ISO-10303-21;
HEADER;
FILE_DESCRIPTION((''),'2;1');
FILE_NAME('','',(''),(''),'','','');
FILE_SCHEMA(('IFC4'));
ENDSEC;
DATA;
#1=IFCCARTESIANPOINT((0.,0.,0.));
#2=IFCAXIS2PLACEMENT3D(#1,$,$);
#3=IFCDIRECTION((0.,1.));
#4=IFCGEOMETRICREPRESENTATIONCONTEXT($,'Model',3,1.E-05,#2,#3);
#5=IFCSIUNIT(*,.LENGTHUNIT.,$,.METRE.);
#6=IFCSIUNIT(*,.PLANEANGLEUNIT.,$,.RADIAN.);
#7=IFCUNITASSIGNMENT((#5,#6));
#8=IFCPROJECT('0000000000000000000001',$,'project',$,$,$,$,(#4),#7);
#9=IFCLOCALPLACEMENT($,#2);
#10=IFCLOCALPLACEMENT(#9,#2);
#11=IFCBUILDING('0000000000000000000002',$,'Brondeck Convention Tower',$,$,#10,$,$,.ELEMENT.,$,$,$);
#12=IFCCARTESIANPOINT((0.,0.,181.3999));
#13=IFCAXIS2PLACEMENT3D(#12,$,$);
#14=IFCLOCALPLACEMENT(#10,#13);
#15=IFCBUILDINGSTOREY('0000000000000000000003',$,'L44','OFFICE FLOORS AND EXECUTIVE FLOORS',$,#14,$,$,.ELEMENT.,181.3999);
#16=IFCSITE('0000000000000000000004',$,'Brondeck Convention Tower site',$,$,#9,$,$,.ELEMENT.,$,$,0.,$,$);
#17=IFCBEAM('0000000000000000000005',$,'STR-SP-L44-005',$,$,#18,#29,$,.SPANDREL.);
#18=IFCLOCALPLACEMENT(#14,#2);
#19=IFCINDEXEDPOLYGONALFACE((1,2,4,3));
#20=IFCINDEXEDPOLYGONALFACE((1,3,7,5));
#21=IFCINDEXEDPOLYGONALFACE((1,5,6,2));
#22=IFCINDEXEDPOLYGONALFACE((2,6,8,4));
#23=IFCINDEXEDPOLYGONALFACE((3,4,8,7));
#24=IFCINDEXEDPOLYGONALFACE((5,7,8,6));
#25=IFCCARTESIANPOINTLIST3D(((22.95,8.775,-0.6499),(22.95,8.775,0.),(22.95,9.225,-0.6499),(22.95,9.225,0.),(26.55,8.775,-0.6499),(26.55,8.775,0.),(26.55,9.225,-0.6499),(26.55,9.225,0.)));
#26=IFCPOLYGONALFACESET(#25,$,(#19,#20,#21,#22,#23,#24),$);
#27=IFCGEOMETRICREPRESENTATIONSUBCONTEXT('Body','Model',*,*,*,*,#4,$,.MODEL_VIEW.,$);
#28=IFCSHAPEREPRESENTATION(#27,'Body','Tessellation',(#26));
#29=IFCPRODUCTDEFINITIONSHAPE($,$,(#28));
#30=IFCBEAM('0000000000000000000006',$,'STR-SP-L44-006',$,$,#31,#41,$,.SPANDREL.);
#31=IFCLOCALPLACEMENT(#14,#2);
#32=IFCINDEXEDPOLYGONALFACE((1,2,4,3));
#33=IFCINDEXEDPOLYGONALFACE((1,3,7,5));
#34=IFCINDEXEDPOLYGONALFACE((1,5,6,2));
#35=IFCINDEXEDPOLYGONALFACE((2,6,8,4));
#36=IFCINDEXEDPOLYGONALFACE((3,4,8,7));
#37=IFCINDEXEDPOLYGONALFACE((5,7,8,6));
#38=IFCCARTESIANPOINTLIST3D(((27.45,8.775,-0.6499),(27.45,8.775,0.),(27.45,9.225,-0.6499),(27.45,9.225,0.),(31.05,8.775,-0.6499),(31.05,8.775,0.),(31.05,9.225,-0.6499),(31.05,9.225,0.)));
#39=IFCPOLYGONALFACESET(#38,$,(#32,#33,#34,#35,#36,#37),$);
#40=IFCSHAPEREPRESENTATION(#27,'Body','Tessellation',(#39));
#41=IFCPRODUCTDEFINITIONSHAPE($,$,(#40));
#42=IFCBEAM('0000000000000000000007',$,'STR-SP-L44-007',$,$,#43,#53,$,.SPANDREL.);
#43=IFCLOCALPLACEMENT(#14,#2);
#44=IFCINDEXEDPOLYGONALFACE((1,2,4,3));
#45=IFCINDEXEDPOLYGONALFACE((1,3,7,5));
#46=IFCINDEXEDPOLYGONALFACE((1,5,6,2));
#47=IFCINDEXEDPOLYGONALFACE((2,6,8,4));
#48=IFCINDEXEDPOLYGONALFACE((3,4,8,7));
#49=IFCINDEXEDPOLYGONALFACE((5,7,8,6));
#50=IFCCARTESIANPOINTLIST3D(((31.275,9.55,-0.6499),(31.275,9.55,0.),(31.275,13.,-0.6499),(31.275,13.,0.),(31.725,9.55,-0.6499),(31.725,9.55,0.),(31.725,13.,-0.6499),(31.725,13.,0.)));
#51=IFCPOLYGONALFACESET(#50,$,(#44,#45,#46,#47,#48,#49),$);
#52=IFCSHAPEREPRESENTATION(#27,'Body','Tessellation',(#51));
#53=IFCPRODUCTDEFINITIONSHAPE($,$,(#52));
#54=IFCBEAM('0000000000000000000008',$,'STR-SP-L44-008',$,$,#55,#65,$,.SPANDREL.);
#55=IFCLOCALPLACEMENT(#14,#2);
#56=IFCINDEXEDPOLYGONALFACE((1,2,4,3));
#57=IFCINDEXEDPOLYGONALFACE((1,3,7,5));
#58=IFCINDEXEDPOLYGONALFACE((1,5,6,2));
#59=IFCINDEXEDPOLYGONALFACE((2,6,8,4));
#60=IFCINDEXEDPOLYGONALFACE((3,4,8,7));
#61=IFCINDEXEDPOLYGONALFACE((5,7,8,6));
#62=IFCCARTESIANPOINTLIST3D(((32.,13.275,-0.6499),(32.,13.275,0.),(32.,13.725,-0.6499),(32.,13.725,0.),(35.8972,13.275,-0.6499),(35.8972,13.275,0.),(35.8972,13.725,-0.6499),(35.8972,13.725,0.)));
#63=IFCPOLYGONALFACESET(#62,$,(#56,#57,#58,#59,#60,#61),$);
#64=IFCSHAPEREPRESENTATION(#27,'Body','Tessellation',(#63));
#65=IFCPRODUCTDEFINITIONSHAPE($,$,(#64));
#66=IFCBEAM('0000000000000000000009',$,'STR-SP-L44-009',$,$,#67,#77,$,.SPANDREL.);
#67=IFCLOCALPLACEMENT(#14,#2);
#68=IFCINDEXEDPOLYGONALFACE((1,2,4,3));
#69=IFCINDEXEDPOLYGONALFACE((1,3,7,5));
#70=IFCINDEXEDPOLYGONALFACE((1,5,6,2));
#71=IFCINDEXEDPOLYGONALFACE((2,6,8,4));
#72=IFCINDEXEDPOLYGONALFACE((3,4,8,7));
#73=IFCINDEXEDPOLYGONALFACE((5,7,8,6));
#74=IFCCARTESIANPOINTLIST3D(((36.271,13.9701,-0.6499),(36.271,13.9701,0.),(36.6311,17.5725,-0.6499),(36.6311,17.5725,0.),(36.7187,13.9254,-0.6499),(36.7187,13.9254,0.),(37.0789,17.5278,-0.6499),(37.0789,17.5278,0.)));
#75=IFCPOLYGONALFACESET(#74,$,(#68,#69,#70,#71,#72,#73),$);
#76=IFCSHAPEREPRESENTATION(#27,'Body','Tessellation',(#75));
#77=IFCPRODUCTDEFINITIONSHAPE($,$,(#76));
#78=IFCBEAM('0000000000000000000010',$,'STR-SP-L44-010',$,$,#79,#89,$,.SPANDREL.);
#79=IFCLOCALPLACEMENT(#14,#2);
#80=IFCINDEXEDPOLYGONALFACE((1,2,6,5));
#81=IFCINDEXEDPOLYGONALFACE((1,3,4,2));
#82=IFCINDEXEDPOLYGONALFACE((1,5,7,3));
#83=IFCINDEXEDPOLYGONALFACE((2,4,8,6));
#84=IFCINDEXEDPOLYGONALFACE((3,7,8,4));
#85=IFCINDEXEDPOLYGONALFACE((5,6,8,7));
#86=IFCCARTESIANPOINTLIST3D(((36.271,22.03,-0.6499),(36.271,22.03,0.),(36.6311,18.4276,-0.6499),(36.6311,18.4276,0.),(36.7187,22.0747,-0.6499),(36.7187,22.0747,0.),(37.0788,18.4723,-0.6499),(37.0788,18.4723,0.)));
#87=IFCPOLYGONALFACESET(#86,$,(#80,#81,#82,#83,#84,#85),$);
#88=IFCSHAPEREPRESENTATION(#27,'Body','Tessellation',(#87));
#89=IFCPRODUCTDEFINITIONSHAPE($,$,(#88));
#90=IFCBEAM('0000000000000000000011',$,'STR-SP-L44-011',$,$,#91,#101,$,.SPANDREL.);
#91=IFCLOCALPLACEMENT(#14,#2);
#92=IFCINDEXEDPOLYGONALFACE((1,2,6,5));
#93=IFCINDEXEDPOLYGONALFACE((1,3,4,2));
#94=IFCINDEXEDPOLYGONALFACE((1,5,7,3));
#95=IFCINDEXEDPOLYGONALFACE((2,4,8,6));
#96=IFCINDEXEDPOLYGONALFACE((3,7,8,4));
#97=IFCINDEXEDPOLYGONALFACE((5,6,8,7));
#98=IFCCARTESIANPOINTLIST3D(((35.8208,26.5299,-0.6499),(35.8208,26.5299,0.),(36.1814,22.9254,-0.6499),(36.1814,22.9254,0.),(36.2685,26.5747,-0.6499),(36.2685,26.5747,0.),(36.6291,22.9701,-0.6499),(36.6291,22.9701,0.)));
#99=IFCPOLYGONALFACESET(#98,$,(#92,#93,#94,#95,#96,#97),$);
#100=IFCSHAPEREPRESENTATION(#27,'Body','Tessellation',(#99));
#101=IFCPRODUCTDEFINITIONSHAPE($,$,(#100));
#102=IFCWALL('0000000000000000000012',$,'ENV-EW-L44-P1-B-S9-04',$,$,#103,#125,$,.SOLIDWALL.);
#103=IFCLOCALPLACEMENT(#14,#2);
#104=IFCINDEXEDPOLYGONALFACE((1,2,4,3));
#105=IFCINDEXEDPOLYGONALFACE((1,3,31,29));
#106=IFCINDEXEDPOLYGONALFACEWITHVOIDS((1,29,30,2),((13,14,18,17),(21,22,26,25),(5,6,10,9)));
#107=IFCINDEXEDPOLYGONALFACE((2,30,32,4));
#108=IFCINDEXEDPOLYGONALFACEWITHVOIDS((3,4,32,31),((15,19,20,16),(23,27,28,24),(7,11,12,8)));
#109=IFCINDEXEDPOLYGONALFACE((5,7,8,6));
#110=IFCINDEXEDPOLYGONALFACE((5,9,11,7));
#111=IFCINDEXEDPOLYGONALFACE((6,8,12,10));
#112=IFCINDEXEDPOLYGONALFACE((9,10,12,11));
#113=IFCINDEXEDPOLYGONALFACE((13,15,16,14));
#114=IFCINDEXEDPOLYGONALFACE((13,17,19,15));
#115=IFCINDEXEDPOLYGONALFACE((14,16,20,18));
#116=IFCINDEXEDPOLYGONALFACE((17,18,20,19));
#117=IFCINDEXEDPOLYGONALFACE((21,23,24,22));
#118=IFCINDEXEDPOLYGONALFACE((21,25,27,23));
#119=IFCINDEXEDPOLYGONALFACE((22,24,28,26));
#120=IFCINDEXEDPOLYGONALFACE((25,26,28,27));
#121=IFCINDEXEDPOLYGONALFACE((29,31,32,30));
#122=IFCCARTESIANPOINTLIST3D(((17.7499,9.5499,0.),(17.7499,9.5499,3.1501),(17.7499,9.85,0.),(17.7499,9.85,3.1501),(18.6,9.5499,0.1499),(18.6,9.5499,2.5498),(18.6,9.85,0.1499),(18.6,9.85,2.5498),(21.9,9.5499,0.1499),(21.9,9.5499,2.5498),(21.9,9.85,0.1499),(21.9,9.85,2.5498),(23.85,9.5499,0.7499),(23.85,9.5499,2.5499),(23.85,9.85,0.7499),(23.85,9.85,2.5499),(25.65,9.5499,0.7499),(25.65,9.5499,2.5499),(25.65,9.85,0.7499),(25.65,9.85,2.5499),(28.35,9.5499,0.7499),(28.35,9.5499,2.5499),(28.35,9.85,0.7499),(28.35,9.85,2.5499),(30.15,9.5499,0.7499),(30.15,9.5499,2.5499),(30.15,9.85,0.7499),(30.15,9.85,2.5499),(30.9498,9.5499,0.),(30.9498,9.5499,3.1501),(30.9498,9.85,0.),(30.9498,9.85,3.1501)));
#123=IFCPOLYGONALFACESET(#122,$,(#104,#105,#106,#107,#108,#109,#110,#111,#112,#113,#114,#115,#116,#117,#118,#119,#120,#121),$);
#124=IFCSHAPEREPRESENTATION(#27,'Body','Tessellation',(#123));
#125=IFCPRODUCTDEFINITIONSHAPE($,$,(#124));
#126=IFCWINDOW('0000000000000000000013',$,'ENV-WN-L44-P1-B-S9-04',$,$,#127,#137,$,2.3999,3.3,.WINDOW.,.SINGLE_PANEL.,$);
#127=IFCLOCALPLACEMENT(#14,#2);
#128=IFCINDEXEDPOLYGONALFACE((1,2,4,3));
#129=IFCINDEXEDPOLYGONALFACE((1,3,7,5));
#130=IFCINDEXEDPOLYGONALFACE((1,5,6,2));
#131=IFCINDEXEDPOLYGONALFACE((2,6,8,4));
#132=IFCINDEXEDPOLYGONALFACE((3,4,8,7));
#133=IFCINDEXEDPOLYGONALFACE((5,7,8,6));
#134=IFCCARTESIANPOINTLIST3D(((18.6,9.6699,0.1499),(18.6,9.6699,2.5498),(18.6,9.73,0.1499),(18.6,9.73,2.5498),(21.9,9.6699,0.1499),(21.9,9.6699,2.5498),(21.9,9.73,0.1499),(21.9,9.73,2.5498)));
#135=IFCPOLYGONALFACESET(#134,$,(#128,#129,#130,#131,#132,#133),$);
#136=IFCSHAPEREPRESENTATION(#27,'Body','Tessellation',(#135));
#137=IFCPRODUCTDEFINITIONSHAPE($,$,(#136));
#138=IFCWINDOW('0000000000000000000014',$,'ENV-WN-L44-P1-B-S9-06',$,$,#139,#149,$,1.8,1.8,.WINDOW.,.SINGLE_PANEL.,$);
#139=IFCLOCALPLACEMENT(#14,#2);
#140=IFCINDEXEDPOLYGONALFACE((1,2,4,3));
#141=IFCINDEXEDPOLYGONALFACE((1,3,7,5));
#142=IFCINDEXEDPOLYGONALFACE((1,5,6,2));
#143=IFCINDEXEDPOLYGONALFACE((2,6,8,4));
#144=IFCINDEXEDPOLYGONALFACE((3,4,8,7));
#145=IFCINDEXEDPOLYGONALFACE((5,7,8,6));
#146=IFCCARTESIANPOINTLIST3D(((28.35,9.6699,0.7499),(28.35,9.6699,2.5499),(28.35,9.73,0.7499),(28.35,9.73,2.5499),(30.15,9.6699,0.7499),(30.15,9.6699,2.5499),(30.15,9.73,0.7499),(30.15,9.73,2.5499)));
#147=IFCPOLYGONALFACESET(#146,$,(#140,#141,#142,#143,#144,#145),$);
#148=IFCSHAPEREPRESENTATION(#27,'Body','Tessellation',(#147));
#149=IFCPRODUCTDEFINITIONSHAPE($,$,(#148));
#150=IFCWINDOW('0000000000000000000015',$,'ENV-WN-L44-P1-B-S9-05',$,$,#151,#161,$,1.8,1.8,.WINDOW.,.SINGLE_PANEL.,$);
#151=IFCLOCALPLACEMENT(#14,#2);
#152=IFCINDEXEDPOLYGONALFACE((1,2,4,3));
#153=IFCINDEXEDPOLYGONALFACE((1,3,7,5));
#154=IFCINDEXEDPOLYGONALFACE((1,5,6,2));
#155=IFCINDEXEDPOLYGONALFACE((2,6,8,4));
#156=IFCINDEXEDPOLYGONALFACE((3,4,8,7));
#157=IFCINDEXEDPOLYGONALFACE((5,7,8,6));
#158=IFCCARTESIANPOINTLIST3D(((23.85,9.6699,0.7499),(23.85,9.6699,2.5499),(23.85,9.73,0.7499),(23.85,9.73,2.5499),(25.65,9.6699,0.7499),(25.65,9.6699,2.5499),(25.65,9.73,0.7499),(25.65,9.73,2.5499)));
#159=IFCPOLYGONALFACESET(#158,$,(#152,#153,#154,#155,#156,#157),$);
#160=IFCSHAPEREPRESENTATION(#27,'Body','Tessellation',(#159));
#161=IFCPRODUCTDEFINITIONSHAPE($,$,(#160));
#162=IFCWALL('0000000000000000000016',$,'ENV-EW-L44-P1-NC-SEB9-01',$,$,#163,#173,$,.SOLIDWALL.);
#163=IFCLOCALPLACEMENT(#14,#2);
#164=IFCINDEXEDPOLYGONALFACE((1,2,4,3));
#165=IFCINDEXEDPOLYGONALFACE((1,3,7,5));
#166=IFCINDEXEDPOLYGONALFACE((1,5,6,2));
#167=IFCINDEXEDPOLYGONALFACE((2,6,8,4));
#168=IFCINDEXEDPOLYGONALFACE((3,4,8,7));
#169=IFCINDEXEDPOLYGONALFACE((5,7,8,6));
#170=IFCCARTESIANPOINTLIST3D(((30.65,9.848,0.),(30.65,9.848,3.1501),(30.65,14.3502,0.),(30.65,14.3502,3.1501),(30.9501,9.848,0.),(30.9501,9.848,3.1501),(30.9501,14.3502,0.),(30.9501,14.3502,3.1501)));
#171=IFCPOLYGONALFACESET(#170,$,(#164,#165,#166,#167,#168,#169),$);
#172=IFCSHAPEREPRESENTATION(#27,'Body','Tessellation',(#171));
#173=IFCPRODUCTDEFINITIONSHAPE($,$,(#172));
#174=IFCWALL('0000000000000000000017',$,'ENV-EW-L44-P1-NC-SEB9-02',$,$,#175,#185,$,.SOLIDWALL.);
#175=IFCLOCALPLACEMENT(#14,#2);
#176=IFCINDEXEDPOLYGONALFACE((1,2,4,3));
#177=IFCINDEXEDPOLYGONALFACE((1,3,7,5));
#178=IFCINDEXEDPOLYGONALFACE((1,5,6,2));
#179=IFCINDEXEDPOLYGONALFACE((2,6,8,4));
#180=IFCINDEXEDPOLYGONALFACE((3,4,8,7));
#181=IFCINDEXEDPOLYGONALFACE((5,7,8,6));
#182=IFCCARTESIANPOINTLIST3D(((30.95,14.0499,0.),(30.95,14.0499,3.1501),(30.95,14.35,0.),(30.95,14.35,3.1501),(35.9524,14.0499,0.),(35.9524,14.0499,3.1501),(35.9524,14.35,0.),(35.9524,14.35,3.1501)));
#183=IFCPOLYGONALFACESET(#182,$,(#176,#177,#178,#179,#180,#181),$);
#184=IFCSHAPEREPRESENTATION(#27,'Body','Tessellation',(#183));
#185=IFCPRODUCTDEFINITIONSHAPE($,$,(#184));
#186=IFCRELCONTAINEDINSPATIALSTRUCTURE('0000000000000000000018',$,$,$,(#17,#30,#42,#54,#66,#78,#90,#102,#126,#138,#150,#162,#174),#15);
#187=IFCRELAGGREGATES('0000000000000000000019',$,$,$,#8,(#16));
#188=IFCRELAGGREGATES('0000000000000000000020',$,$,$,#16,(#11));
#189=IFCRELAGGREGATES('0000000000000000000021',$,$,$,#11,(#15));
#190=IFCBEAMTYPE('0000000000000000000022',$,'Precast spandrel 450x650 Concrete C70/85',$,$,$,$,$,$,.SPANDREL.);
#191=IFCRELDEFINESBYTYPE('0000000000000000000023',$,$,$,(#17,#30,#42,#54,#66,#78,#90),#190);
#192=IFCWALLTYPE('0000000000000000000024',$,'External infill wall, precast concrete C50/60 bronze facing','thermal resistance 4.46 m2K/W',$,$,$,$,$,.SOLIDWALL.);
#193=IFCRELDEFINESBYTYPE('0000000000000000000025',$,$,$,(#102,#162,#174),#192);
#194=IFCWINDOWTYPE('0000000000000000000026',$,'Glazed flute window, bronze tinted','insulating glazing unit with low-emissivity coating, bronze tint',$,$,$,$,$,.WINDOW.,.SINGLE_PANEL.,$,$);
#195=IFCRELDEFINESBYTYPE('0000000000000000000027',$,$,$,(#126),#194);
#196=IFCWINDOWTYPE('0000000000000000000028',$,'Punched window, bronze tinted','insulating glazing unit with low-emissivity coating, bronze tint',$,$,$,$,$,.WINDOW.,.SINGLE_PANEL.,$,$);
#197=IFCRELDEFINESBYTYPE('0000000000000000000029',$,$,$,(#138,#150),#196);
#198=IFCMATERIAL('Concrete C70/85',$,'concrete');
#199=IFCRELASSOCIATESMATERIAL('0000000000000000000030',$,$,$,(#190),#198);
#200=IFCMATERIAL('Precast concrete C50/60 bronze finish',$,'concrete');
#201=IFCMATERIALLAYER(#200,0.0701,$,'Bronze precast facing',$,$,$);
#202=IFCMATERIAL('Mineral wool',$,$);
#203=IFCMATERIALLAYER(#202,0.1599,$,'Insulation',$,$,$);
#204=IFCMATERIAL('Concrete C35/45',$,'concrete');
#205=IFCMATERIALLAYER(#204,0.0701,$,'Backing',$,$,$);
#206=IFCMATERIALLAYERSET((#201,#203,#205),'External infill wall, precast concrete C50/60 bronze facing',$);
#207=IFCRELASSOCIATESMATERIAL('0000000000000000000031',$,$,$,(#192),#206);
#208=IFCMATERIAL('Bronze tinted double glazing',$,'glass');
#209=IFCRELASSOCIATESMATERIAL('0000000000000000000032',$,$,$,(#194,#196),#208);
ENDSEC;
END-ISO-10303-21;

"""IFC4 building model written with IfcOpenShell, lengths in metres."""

from ifc_helpers import new_model, si_unit, direction, frame, frame_2d, origin, origin_2d, place, context, subcontext, project, spatial, rectangle, extrude, material, layer, layer_set, material_profile, profile_set, type_object, element, fill, save


model = new_model("IFC4")

# Units and contexts
model_context = context("Model", 3, precision=1e-05, world=origin(), true_north=direction((0.0, 1.0)))
body_context = subcontext(model_context, "Body", "Model", "MODEL_VIEW")
ifc_project = project(units=[si_unit("LENGTHUNIT", "METRE"), si_unit("PLANEANGLEUNIT", "RADIAN")], contexts=[model_context])

# Site, building, storey
site_placement = place(None, origin())
site = spatial("IfcSite", under=ifc_project, at=site_placement, Name="Brondeck Convention Tower site", CompositionType="ELEMENT", RefElevation=0.0)
building_placement = place(site_placement, origin())
building = spatial("IfcBuilding", under=site, at=building_placement, Name="Brondeck Convention Tower", CompositionType="ELEMENT")
storey_placement = place(building_placement, frame((0.0, 0.0, 181.3999)))
storey = spatial("IfcBuildingStorey", under=building, at=storey_placement, Name="L44", Description="OFFICE FLOORS AND EXECUTIVE FLOORS", CompositionType="ELEMENT", Elevation=181.3999)

# Shared definitions
ifc_material_1 = material(Name="Concrete C70/85", Category="concrete")

# Beams
ifc_material_profile_1 = material_profile(ifc_material_1, rectangle(XDim=0.45, YDim=0.6499, at=origin_2d()), Name="Precast spandrel 450x650 Concrete C70/85")
ifc_profile_set_1 = profile_set([ifc_material_profile_1], Name="Concrete C70/85")
beam_type_1 = type_object("IfcBeamType", Name="Precast spandrel 450x650 Concrete C70/85", PredefinedType="SPANDREL", material=ifc_profile_set_1)
for number, where, z_axis, x_axis, name in (
    (1, (22.95, 9.0, -0.325), (1.0, 0.0, 0.0), (0.0, 1.0, 0.0), "STR-SP-L44-005"),
    (2, (27.45, 9.0, -0.325), (1.0, 0.0, 0.0), (0.0, 1.0, 0.0), "STR-SP-L44-006"),
):
    element("IfcBeam", number, at=place(storey_placement, frame(where, z_axis=z_axis, x_axis=x_axis)), inside=storey, type_object=beam_type_1, Name=name, PredefinedType="SPANDREL", context=body_context, shape_type="SweptSolid", body=[
        extrude(rectangle(XDim=0.45, YDim=0.6499, at=origin_2d()), origin(), (0.0, 0.0, 1.0), 3.6001),
    ])
beam_1_placement = place(storey_placement, frame((31.5, 9.55, -0.325), z_axis=(0.0, 1.0, 0.0), x_axis=(-1.0, 0.0, 0.0)))
element("IfcBeam", 3, at=beam_1_placement, inside=storey, type_object=beam_type_1, Name="STR-SP-L44-007", PredefinedType="SPANDREL", context=body_context, shape_type="SweptSolid", body=[
    extrude(rectangle(XDim=0.45, YDim=0.6499, at=origin_2d()), origin(), (0.0, 0.0, 1.0), 3.45),
])
beam_2_placement = place(storey_placement, frame((32.0, 13.5, -0.325), z_axis=(1.0, 0.0, 0.0), x_axis=(0.0, 1.0, 0.0)))
element("IfcBeam", 4, at=beam_2_placement, inside=storey, type_object=beam_type_1, Name="STR-SP-L44-008", PredefinedType="SPANDREL", context=body_context, shape_type="SweptSolid", body=[
    extrude(rectangle(XDim=0.45, YDim=0.6499, at=origin_2d()), origin(), (0.0, 0.0, 1.0), 3.8972),
])
for number, where, z_axis, x_axis, name in (
    (5, (36.4949, 13.9478, -0.325), (0.09947, 0.995041, 0.0), (-0.995041, 0.09947, 0.0), "STR-SP-L44-009"),
    (6, (36.855, 18.45, -0.325), (-0.09947, 0.995041, 0.0), (-0.995041, -0.09947, 0.0), "STR-SP-L44-010"),
):
    element("IfcBeam", number, at=place(storey_placement, frame(where, z_axis=z_axis, x_axis=x_axis)), inside=storey, type_object=beam_type_1, Name=name, PredefinedType="SPANDREL", context=body_context, shape_type="SweptSolid", body=[
        extrude(rectangle(XDim=0.45, YDim=0.6499, at=origin_2d()), origin(), (0.0, 0.0, 1.0), 3.6204),
    ])
beam_3_placement = place(storey_placement, frame((36.4053, 22.9478, -0.325), z_axis=(-0.099544, 0.995033, 0.0), x_axis=(-0.995033, -0.099544, 0.0)))
element("IfcBeam", 7, at=beam_3_placement, inside=storey, type_object=beam_type_1, Name="STR-SP-L44-011", PredefinedType="SPANDREL", context=body_context, shape_type="SweptSolid", body=[
    extrude(rectangle(XDim=0.45, YDim=0.6499, at=origin_2d()), origin(), (0.0, 0.0, 1.0), 3.6226),
])

# Wall, openings, windows
ifc_material_2 = material(Name="Precast concrete C50/60 bronze finish", Category="concrete")
ifc_layer_1 = layer(ifc_material_2, 0.0701, Name="Bronze precast facing")
ifc_material_3 = material(Name="Mineral wool")
ifc_layer_2 = layer(ifc_material_3, 0.1599, Name="Insulation")
ifc_material_4 = material(Name="Concrete C35/45", Category="concrete")
ifc_layer_3 = layer(ifc_material_4, 0.0701, Name="Backing")
ifc_layer_set = layer_set([ifc_layer_1, ifc_layer_2, ifc_layer_3], Name="External infill wall, precast concrete C50/60 bronze facing")
wall_type = type_object("IfcWallType", Name="External infill wall, precast concrete C50/60 bronze facing", Description="thermal resistance 4.46 m2K/W", PredefinedType="SOLIDWALL", material=ifc_layer_set)
wall_1_placement = place(storey_placement, frame((30.95, 9.7, 0.0), z_axis=(0.0, 0.0, 1.0), x_axis=(-1.0, 0.0, 0.0)))
wall_1 = element("IfcWall", 8, at=wall_1_placement, inside=storey, type_object=wall_type, Name="ENV-EW-L44-P1-B-S9-04", PredefinedType="SOLIDWALL", context=body_context, shape_type="SweptSolid", body=[
    extrude(rectangle(XDim=13.2, YDim=0.3, at=frame_2d((6.6001, 0.0))), origin(), (0.0, 0.0, 1.0), 3.1501),
])
opening_1_placement = place(wall_1_placement, frame((0.8, 0.0, 0.75)))
opening_1 = element("IfcOpeningElement", 9, at=opening_1_placement, cuts=wall_1, PredefinedType="OPENING", context=body_context, shape_type="SweptSolid", body=[
    extrude(rectangle(XDim=1.8, YDim=1.8, at=frame_2d((0.8999, 0.8999))), frame((0.0, 0.1599, 0.0), z_axis=(0.0, -1.0, 0.0), x_axis=(1.0, 0.0, 0.0)), (0.0, 0.0, 1.0), 0.3201),
])
opening_2_placement = place(wall_1_placement, frame((5.3, 0.0, 0.75)))
opening_2 = element("IfcOpeningElement", 10, at=opening_2_placement, cuts=wall_1, PredefinedType="OPENING", context=body_context, shape_type="SweptSolid", body=[
    extrude(rectangle(XDim=1.8, YDim=1.8, at=frame_2d((0.8999, 0.8999))), frame((0.0, 0.1599, 0.0), z_axis=(0.0, -1.0, 0.0), x_axis=(1.0, 0.0, 0.0)), (0.0, 0.0, 1.0), 0.3201),
])
opening_3_placement = place(wall_1_placement, frame((9.05, 0.0, 0.1499)))
opening_3 = element("IfcOpeningElement", 11, at=opening_3_placement, cuts=wall_1, PredefinedType="OPENING", context=body_context, shape_type="SweptSolid", body=[
    extrude(rectangle(XDim=3.3, YDim=2.3999, at=frame_2d((1.6499, 1.2))), frame((0.0, 0.1599, 0.0), z_axis=(0.0, -1.0, 0.0), x_axis=(1.0, 0.0, 0.0)), (0.0, 0.0, 1.0), 0.3201),
])
ifc_material_5 = material(Name="Bronze tinted double glazing", Category="glass")
window_type_1 = type_object("IfcWindowType", Name="Glazed flute window, bronze tinted", Description="insulating glazing unit with low-emissivity coating, bronze tint", PartitioningType="SINGLE_PANEL", PredefinedType="WINDOW", material=ifc_material_5)
window_1_placement = place(opening_3_placement, origin())
window_1 = element("IfcWindow", 12, at=window_1_placement, inside=storey, type_object=window_type_1, Name="ENV-WN-L44-P1-B-S9-04", OverallHeight=2.3999, OverallWidth=3.3, PartitioningType="SINGLE_PANEL", PredefinedType="WINDOW", context=body_context, shape_type="SweptSolid", body=[
    extrude(rectangle(XDim=3.3, YDim=2.3999, at=frame_2d((1.6499, 1.2))), frame((0.0, 0.03, 0.0), z_axis=(0.0, -1.0, 0.0), x_axis=(1.0, 0.0, 0.0)), (0.0, 0.0, 1.0), 0.0601),
])
fill(opening_3, window_1)
window_type_2 = type_object("IfcWindowType", Name="Punched window, bronze tinted", Description="insulating glazing unit with low-emissivity coating, bronze tint", PartitioningType="SINGLE_PANEL", PredefinedType="WINDOW", material=ifc_material_5)
window_2_placement = place(opening_1_placement, origin())
window_2 = element("IfcWindow", 13, at=window_2_placement, inside=storey, type_object=window_type_2, Name="ENV-WN-L44-P1-B-S9-06", OverallHeight=1.8, OverallWidth=1.8, PartitioningType="SINGLE_PANEL", PredefinedType="WINDOW", context=body_context, shape_type="SweptSolid", body=[
    extrude(rectangle(XDim=1.8, YDim=1.8, at=frame_2d((0.8999, 0.8999))), frame((0.0, 0.03, 0.0), z_axis=(0.0, -1.0, 0.0), x_axis=(1.0, 0.0, 0.0)), (0.0, 0.0, 1.0), 0.0601),
])
fill(opening_1, window_2)
window_3_placement = place(opening_2_placement, origin())
window_3 = element("IfcWindow", 14, at=window_3_placement, inside=storey, type_object=window_type_2, Name="ENV-WN-L44-P1-B-S9-05", OverallHeight=1.8, OverallWidth=1.8, PartitioningType="SINGLE_PANEL", PredefinedType="WINDOW", context=body_context, shape_type="SweptSolid", body=[
    extrude(rectangle(XDim=1.8, YDim=1.8, at=frame_2d((0.8999, 0.8999))), frame((0.0, 0.03, 0.0), z_axis=(0.0, -1.0, 0.0), x_axis=(1.0, 0.0, 0.0)), (0.0, 0.0, 1.0), 0.0601),
])
fill(opening_2, window_3)

# Walls
wall_2_placement = place(storey_placement, frame((30.8, 14.3501, 0.0), z_axis=(0.0, 0.0, 1.0), x_axis=(0.0, -1.0, 0.0)))
element("IfcWall", 15, at=wall_2_placement, inside=storey, type_object=wall_type, Name="ENV-EW-L44-P1-NC-SEB9-01", PredefinedType="SOLIDWALL", context=body_context, shape_type="SweptSolid", body=[
    extrude(rectangle(XDim=4.5022, YDim=0.3, at=frame_2d((2.251, 0.0))), origin(), (0.0, 0.0, 1.0), 3.1501),
])
wall_3_placement = place(storey_placement, frame((35.9524, 14.2, 0.0), z_axis=(0.0, 0.0, 1.0), x_axis=(-1.0, 0.0, 0.0)))
element("IfcWall", 16, at=wall_3_placement, inside=storey, type_object=wall_type, Name="ENV-EW-L44-P1-NC-SEB9-02", PredefinedType="SOLIDWALL", context=body_context, shape_type="SweptSolid", body=[
    extrude(rectangle(XDim=5.0024, YDim=0.3, at=frame_2d((2.5012, 0.0))), origin(), (0.0, 0.0, 1.0), 3.1501),
])

save(model, "model.ifc")
